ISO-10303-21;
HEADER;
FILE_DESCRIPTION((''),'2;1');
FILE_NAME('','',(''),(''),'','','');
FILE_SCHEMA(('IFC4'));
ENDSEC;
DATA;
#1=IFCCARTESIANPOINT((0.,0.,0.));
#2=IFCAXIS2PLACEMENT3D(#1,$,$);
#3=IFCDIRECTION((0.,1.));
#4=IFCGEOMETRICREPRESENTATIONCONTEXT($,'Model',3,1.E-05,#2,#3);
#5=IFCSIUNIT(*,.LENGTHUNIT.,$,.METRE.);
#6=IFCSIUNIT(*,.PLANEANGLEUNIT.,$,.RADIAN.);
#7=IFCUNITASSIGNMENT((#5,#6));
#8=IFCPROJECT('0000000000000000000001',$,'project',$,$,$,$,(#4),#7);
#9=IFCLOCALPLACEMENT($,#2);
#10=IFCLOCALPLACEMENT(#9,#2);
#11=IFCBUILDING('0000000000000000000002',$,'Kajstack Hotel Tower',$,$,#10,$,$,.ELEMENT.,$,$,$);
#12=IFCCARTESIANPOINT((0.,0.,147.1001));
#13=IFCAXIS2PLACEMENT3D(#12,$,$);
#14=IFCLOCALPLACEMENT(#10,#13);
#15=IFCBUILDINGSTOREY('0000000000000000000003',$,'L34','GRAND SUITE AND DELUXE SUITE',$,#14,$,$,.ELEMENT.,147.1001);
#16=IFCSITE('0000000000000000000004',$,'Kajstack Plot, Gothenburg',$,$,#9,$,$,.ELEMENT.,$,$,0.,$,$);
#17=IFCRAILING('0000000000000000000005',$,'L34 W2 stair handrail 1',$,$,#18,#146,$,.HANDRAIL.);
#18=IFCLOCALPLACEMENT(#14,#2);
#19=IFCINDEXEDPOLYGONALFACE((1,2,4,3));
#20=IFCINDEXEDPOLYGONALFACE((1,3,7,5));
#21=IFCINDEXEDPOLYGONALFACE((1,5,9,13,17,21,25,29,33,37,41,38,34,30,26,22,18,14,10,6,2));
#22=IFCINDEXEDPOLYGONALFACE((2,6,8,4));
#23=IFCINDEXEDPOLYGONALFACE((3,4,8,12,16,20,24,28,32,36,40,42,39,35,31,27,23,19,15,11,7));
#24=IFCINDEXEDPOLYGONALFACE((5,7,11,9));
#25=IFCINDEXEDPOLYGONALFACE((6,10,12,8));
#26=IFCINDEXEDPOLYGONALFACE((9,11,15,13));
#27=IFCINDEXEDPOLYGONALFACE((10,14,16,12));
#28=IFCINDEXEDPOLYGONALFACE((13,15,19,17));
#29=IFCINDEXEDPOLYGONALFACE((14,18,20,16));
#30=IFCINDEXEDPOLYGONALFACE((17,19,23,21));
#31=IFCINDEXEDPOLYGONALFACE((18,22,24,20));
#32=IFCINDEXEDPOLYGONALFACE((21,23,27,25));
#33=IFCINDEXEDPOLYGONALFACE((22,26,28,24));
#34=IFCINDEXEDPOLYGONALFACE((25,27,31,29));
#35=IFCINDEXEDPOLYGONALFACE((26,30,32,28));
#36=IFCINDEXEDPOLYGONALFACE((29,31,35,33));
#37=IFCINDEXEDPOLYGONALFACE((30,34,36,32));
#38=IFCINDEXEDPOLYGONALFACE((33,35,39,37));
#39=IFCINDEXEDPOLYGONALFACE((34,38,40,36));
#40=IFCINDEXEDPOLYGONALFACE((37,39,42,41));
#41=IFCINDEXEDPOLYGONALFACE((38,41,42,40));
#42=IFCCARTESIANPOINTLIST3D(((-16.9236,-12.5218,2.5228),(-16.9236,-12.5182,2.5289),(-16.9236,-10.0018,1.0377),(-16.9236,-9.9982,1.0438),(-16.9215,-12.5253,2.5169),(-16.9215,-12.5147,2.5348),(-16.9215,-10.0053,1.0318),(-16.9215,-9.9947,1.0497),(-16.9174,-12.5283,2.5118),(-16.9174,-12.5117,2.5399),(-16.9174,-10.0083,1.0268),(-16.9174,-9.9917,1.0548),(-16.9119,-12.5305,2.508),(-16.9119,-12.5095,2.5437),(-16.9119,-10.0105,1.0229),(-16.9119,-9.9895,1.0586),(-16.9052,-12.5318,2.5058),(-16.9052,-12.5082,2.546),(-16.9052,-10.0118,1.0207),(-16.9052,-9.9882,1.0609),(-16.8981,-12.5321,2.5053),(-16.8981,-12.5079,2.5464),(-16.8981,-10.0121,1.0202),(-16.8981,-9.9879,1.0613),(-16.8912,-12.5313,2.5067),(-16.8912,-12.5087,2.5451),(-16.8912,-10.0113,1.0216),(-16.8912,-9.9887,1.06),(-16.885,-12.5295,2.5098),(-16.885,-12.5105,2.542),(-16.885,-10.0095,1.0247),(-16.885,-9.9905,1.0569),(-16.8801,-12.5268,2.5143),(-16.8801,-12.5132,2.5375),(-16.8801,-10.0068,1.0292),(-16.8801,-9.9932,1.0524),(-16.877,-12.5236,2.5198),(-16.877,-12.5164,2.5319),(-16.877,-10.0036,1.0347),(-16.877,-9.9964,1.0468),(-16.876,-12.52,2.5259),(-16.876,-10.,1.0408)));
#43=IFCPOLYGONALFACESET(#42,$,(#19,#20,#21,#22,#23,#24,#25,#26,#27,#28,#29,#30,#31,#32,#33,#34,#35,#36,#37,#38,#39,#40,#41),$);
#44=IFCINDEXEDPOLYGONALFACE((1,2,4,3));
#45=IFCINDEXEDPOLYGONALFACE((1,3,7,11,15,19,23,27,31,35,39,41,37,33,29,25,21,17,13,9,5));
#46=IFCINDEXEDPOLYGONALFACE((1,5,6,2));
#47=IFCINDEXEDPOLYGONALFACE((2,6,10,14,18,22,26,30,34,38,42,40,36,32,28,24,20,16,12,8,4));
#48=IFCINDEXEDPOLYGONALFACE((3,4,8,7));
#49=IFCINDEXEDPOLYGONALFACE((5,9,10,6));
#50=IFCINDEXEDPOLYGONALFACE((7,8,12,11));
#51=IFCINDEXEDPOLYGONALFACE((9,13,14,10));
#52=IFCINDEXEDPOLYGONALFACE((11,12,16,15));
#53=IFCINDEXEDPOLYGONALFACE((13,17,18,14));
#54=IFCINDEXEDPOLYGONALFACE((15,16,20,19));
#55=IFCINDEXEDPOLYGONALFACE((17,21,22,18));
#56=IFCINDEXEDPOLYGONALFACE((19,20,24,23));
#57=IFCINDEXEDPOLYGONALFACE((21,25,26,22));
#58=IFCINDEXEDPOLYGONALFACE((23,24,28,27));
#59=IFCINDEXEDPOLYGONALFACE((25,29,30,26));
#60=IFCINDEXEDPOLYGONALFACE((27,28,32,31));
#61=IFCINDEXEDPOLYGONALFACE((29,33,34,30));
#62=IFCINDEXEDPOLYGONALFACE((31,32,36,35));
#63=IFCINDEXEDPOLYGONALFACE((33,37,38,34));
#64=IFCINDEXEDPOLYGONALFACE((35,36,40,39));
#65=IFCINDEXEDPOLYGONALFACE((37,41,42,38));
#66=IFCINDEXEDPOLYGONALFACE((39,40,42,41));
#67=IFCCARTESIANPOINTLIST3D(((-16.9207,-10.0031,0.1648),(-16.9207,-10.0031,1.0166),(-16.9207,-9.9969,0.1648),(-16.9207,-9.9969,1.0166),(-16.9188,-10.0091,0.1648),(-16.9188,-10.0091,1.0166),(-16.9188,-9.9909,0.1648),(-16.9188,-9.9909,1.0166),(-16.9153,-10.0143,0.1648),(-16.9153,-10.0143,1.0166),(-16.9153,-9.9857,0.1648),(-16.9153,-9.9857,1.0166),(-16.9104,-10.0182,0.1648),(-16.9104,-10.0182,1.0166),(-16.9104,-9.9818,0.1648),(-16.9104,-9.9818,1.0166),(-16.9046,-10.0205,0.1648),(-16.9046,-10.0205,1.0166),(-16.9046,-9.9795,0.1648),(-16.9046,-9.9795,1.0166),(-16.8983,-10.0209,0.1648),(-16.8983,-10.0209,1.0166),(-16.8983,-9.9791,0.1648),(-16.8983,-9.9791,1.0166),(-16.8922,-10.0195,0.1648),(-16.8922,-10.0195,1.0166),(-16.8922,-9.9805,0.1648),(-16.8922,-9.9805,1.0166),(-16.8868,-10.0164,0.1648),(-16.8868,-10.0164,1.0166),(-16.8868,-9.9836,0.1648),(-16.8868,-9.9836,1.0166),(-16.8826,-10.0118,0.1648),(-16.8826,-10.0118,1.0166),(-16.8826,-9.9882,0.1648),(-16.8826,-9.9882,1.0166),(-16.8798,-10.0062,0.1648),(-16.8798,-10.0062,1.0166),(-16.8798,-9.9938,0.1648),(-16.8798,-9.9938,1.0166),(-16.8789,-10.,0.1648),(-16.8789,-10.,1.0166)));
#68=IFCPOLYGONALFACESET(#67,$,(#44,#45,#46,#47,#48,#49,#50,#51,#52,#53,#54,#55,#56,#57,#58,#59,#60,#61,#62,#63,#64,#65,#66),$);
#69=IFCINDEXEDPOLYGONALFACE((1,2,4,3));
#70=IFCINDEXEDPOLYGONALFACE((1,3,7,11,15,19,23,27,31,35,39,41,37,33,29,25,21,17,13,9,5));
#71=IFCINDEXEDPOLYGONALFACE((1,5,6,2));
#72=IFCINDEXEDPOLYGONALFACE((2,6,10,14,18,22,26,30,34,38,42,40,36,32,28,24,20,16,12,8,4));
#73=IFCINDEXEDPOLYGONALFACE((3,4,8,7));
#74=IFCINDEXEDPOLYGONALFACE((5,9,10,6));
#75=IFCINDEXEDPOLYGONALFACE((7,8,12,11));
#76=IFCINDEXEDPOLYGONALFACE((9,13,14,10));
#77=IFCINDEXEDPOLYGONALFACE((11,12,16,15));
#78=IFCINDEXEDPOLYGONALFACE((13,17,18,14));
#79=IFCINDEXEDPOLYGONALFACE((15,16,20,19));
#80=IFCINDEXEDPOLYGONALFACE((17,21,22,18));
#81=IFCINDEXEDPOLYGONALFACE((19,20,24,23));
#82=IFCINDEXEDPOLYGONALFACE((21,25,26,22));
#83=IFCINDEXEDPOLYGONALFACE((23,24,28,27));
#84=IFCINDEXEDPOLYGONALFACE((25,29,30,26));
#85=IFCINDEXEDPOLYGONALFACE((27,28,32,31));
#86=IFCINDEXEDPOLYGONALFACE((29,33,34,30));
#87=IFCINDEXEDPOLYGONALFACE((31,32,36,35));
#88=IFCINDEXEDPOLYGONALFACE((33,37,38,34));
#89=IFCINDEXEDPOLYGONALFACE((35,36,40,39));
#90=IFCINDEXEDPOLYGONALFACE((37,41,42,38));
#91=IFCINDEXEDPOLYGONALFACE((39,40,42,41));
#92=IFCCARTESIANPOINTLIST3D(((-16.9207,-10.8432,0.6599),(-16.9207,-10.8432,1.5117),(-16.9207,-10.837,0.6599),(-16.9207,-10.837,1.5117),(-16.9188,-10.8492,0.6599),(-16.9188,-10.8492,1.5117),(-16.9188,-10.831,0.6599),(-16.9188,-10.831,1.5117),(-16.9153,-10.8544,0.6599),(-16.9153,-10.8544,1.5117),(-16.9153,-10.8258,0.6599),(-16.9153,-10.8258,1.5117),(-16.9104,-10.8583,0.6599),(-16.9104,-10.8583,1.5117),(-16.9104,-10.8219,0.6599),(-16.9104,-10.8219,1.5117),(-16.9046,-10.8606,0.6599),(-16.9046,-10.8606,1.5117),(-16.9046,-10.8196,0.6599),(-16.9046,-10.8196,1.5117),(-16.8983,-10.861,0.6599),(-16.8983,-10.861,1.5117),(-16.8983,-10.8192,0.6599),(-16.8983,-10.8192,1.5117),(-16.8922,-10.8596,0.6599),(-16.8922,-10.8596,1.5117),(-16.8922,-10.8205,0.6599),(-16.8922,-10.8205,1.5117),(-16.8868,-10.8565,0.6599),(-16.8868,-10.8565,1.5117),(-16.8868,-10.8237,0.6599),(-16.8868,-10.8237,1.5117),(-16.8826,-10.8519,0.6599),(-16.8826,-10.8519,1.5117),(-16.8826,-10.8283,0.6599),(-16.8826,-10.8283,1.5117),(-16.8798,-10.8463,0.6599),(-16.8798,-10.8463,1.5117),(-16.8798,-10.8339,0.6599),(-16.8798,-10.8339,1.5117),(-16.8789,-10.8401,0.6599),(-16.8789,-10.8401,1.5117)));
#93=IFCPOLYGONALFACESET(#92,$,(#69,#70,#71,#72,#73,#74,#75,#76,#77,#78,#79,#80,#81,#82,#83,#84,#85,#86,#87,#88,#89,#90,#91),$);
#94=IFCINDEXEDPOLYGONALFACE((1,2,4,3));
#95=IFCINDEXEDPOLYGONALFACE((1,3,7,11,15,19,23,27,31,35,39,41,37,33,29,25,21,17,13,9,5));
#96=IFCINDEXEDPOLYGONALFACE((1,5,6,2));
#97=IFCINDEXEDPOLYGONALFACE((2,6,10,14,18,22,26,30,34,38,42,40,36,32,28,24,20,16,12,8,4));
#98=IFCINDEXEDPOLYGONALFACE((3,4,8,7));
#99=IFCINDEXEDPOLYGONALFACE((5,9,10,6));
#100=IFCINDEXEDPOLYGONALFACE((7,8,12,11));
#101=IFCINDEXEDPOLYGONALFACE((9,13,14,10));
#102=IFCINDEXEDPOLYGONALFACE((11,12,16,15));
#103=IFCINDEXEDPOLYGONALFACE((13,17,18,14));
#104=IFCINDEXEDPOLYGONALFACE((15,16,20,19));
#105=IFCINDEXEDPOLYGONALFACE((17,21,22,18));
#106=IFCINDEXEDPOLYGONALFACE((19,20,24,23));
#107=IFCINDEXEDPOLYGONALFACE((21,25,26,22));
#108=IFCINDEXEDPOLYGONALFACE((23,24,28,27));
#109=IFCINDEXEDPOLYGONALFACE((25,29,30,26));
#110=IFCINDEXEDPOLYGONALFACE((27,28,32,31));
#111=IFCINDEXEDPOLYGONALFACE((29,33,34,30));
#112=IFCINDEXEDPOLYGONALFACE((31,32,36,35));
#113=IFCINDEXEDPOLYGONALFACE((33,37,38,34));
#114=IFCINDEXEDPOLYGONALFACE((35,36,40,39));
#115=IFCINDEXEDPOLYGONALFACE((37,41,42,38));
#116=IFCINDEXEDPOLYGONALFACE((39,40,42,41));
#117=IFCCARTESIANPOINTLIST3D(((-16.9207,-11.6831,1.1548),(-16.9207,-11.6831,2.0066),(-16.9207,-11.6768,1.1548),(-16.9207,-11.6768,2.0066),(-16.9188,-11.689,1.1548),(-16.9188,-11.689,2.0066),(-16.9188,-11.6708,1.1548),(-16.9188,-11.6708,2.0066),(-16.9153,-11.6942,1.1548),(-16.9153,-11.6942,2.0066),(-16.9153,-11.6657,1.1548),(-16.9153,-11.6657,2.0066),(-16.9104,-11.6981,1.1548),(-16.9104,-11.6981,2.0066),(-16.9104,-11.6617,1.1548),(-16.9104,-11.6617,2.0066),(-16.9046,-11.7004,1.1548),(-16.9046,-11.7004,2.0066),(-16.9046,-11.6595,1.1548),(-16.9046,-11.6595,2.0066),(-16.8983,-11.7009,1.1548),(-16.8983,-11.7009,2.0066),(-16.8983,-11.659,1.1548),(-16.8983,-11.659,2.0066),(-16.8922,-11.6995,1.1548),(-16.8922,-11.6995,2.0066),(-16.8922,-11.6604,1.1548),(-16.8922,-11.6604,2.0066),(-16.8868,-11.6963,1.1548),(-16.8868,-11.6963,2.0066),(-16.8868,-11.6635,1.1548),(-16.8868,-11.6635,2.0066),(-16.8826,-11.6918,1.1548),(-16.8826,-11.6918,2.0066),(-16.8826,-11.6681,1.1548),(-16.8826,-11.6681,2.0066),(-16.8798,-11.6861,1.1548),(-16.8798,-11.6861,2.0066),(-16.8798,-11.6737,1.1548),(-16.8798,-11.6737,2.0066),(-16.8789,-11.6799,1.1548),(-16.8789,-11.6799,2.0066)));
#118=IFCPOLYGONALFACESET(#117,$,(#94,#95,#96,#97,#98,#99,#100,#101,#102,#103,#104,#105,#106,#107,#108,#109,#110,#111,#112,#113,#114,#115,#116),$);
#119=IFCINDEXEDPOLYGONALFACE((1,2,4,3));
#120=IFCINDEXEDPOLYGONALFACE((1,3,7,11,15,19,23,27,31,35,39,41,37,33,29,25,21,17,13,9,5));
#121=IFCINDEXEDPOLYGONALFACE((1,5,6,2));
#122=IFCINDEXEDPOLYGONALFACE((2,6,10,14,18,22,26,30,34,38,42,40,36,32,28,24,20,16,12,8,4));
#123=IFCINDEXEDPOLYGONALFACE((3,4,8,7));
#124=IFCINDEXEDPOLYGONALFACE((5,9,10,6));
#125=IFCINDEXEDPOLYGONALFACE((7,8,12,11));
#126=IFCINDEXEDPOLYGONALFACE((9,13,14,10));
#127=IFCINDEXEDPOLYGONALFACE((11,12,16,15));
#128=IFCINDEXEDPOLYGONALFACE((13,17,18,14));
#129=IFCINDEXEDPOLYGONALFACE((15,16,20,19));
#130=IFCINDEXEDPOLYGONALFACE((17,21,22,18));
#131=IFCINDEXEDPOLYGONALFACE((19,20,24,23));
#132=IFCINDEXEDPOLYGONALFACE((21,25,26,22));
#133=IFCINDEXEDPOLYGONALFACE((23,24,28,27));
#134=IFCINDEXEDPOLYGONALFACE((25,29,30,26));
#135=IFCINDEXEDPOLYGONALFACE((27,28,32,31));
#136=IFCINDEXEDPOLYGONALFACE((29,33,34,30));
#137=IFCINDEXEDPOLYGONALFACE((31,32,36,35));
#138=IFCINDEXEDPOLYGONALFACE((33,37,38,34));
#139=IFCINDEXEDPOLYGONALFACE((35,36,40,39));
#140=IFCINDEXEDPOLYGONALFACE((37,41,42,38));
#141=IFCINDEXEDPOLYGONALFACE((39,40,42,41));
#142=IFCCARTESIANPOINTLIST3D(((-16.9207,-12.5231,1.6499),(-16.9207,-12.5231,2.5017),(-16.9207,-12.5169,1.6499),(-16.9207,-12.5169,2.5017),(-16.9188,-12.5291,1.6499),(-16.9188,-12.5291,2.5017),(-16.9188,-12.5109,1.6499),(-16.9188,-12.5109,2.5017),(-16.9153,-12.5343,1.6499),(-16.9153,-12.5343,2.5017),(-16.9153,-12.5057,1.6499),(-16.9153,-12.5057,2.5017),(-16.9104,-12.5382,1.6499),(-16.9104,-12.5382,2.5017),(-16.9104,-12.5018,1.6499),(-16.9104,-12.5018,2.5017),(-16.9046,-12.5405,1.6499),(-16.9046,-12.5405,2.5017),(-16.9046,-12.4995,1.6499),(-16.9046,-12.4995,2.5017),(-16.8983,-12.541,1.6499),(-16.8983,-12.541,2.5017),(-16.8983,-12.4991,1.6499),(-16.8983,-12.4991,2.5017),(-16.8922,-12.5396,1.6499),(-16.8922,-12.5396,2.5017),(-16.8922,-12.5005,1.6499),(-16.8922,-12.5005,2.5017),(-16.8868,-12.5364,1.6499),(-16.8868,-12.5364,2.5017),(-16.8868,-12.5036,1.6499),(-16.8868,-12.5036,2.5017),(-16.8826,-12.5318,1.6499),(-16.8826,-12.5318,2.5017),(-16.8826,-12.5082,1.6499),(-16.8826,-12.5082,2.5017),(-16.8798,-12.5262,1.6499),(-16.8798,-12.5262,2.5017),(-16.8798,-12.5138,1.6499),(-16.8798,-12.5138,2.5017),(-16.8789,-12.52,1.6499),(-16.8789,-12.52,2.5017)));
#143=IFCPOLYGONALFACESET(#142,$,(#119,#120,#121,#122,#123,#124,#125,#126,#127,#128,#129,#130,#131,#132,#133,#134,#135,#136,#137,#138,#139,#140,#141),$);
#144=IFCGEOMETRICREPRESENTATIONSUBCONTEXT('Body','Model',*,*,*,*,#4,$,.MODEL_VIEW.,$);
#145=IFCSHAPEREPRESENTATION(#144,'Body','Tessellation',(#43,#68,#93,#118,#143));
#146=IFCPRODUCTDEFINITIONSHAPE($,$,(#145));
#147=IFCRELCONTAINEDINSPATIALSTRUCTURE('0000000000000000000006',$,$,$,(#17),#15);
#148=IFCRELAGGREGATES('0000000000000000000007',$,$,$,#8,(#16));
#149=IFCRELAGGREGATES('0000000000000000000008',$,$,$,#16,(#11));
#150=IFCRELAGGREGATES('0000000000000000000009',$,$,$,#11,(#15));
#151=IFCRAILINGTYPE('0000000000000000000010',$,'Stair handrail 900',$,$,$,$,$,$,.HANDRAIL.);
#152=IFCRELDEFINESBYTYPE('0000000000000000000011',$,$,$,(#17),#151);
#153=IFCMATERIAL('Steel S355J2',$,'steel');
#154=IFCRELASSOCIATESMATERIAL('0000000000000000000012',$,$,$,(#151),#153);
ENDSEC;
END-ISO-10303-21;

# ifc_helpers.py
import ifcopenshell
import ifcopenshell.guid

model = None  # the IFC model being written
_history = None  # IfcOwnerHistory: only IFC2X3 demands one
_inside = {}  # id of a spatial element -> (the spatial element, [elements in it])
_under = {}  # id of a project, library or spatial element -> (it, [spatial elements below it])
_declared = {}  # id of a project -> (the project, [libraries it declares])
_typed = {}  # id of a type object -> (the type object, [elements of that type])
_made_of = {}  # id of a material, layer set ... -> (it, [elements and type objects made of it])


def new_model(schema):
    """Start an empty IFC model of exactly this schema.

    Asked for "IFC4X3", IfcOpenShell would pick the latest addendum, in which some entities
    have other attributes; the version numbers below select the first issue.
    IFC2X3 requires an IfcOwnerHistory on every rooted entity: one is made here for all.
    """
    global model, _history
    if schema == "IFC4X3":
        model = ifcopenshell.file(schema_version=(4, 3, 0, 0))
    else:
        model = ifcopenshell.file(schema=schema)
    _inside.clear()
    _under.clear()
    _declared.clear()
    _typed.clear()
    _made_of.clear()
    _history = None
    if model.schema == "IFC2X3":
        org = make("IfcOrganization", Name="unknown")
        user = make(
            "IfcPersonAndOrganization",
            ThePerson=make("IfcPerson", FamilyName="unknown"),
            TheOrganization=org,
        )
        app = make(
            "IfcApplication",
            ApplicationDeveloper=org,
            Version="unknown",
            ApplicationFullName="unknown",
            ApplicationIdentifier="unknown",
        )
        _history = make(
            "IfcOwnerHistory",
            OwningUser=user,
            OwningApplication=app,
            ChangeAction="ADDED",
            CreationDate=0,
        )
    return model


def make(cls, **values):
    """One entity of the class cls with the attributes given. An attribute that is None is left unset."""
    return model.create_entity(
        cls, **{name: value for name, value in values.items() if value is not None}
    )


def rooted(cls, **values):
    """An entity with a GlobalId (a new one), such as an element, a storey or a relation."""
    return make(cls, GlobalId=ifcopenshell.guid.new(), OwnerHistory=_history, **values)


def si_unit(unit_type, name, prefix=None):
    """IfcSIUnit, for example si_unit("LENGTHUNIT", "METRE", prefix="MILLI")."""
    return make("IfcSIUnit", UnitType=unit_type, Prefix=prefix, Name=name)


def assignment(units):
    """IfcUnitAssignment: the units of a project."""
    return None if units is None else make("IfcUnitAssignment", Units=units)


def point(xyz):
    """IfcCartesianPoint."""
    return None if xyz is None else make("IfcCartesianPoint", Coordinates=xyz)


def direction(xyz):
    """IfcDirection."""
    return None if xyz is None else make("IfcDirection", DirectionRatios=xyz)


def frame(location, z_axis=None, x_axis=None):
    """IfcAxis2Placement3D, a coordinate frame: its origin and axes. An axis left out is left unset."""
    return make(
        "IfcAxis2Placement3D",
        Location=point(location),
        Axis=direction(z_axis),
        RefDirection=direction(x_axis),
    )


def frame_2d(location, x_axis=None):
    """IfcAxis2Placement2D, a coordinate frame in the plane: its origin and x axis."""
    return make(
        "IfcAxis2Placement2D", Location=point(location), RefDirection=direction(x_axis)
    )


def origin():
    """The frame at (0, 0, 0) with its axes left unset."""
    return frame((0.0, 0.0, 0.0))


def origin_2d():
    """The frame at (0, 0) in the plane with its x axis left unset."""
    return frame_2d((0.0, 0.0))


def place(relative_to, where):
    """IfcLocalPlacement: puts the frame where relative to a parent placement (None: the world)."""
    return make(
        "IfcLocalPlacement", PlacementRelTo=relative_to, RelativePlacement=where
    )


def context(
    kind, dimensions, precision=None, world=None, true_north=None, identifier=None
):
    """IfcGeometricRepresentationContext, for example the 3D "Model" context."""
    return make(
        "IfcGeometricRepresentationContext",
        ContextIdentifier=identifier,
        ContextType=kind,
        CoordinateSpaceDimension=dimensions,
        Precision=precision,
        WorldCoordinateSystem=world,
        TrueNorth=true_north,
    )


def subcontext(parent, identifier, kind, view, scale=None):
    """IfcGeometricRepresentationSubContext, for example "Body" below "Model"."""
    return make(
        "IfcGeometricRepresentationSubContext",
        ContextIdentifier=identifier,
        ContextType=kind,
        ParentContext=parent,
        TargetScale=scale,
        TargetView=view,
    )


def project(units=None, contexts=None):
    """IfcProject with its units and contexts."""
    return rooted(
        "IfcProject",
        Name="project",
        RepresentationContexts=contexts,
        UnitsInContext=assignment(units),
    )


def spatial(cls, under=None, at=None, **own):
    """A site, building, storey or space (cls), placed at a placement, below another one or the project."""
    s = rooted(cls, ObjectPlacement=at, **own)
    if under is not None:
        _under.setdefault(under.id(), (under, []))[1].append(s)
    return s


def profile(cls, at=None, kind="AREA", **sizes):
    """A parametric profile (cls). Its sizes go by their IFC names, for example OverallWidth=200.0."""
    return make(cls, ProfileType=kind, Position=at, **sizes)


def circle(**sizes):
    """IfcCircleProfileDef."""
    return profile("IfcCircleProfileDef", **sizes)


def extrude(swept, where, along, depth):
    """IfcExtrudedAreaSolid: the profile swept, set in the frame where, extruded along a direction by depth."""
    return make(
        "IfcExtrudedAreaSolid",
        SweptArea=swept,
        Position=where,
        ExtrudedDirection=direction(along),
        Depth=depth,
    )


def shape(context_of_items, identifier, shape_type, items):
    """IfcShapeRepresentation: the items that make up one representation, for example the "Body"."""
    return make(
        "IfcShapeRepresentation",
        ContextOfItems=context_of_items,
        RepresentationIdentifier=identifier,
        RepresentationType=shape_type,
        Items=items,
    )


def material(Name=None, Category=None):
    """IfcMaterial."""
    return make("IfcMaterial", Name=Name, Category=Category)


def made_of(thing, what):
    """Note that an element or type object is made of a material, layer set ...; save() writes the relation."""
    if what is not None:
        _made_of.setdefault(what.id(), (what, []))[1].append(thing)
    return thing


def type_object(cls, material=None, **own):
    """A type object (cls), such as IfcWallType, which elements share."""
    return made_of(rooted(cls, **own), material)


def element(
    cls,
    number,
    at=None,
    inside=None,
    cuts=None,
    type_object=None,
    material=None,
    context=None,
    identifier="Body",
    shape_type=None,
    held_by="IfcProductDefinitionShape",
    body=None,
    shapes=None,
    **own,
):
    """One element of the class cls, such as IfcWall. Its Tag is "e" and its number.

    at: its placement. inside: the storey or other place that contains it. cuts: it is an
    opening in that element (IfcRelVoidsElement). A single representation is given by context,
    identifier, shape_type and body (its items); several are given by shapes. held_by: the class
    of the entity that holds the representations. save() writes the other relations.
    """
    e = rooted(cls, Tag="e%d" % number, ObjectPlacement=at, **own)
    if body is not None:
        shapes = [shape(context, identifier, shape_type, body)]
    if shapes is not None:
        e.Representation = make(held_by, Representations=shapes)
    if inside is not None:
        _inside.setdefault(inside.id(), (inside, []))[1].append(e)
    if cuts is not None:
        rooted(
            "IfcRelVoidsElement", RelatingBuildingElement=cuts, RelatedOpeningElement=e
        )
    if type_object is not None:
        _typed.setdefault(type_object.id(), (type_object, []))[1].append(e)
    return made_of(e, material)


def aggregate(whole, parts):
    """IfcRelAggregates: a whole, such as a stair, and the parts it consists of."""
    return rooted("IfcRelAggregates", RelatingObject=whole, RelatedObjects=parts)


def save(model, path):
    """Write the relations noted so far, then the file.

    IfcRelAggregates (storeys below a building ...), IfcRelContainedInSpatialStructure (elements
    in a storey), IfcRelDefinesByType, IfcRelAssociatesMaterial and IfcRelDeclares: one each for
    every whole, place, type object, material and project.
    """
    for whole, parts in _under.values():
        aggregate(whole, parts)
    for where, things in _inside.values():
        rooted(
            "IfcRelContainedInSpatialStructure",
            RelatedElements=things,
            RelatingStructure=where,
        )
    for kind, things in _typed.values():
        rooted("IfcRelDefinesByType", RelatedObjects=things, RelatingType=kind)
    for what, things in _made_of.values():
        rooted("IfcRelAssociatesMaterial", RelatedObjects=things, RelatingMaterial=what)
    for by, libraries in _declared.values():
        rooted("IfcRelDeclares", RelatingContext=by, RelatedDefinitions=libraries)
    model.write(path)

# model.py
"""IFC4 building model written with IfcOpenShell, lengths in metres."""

from ifc_helpers import new_model, si_unit, direction, frame, origin, origin_2d, place, context, subcontext, project, spatial, circle, extrude, material, type_object, element, save


model = new_model("IFC4")

# Units and contexts
model_context = context("Model", 3, precision=1e-05, world=origin(), true_north=direction((0.0, 1.0)))
body_context = subcontext(model_context, "Body", "Model", "MODEL_VIEW")
ifc_project = project(units=[si_unit("LENGTHUNIT", "METRE"), si_unit("PLANEANGLEUNIT", "RADIAN")], contexts=[model_context])

# Site, building, storey
site_placement = place(None, origin())
site = spatial("IfcSite", under=ifc_project, at=site_placement, Name="Kajstack Plot, Gothenburg", CompositionType="ELEMENT", RefElevation=0.0)
building_placement = place(site_placement, origin())
building = spatial("IfcBuilding", under=site, at=building_placement, Name="Kajstack Hotel Tower", CompositionType="ELEMENT")
storey_placement = place(building_placement, frame((0.0, 0.0, 147.1001)))
storey = spatial("IfcBuildingStorey", under=building, at=storey_placement, Name="L34", Description="GRAND SUITE AND DELUXE SUITE", CompositionType="ELEMENT", Elevation=147.1001)

# Railing
ifc_material_1 = material(Name="Steel S355J2", Category="steel")
railing_type_1 = type_object("IfcRailingType", Name="Stair handrail 900", PredefinedType="HANDRAIL", material=ifc_material_1)
railing_1_placement = place(storey_placement, frame((-16.8999, -10.0, 0.1648)))
element("IfcRailing", 1, at=railing_1_placement, inside=storey, type_object=railing_type_1, Name="L34 W2 stair handrail 1", PredefinedType="HANDRAIL", context=body_context, shape_type="SweptSolid", body=[
    extrude(circle(Radius=0.0239, at=origin_2d()), frame((0.0, 0.0, 0.876), z_axis=(0.0, -0.861524, 0.507717), x_axis=(1.0, 0.0, 0.0)), (0.0, 0.0, 1.0), 2.925),
    extrude(circle(Radius=0.021, at=origin_2d()), origin(), (0.0, 0.0, 1.0), 0.8518),
    extrude(circle(Radius=0.021, at=origin_2d()), frame((0.0, -0.8401, 0.4951)), (0.0, 0.0, 1.0), 0.8518),
    extrude(circle(Radius=0.021, at=origin_2d()), frame((0.0, -1.6799, 0.99)), (0.0, 0.0, 1.0), 0.8518),
    extrude(circle(Radius=0.021, at=origin_2d()), frame((0.0, -2.52, 1.4851)), (0.0, 0.0, 1.0), 0.8518),
])

save(model, "model.ifc")
